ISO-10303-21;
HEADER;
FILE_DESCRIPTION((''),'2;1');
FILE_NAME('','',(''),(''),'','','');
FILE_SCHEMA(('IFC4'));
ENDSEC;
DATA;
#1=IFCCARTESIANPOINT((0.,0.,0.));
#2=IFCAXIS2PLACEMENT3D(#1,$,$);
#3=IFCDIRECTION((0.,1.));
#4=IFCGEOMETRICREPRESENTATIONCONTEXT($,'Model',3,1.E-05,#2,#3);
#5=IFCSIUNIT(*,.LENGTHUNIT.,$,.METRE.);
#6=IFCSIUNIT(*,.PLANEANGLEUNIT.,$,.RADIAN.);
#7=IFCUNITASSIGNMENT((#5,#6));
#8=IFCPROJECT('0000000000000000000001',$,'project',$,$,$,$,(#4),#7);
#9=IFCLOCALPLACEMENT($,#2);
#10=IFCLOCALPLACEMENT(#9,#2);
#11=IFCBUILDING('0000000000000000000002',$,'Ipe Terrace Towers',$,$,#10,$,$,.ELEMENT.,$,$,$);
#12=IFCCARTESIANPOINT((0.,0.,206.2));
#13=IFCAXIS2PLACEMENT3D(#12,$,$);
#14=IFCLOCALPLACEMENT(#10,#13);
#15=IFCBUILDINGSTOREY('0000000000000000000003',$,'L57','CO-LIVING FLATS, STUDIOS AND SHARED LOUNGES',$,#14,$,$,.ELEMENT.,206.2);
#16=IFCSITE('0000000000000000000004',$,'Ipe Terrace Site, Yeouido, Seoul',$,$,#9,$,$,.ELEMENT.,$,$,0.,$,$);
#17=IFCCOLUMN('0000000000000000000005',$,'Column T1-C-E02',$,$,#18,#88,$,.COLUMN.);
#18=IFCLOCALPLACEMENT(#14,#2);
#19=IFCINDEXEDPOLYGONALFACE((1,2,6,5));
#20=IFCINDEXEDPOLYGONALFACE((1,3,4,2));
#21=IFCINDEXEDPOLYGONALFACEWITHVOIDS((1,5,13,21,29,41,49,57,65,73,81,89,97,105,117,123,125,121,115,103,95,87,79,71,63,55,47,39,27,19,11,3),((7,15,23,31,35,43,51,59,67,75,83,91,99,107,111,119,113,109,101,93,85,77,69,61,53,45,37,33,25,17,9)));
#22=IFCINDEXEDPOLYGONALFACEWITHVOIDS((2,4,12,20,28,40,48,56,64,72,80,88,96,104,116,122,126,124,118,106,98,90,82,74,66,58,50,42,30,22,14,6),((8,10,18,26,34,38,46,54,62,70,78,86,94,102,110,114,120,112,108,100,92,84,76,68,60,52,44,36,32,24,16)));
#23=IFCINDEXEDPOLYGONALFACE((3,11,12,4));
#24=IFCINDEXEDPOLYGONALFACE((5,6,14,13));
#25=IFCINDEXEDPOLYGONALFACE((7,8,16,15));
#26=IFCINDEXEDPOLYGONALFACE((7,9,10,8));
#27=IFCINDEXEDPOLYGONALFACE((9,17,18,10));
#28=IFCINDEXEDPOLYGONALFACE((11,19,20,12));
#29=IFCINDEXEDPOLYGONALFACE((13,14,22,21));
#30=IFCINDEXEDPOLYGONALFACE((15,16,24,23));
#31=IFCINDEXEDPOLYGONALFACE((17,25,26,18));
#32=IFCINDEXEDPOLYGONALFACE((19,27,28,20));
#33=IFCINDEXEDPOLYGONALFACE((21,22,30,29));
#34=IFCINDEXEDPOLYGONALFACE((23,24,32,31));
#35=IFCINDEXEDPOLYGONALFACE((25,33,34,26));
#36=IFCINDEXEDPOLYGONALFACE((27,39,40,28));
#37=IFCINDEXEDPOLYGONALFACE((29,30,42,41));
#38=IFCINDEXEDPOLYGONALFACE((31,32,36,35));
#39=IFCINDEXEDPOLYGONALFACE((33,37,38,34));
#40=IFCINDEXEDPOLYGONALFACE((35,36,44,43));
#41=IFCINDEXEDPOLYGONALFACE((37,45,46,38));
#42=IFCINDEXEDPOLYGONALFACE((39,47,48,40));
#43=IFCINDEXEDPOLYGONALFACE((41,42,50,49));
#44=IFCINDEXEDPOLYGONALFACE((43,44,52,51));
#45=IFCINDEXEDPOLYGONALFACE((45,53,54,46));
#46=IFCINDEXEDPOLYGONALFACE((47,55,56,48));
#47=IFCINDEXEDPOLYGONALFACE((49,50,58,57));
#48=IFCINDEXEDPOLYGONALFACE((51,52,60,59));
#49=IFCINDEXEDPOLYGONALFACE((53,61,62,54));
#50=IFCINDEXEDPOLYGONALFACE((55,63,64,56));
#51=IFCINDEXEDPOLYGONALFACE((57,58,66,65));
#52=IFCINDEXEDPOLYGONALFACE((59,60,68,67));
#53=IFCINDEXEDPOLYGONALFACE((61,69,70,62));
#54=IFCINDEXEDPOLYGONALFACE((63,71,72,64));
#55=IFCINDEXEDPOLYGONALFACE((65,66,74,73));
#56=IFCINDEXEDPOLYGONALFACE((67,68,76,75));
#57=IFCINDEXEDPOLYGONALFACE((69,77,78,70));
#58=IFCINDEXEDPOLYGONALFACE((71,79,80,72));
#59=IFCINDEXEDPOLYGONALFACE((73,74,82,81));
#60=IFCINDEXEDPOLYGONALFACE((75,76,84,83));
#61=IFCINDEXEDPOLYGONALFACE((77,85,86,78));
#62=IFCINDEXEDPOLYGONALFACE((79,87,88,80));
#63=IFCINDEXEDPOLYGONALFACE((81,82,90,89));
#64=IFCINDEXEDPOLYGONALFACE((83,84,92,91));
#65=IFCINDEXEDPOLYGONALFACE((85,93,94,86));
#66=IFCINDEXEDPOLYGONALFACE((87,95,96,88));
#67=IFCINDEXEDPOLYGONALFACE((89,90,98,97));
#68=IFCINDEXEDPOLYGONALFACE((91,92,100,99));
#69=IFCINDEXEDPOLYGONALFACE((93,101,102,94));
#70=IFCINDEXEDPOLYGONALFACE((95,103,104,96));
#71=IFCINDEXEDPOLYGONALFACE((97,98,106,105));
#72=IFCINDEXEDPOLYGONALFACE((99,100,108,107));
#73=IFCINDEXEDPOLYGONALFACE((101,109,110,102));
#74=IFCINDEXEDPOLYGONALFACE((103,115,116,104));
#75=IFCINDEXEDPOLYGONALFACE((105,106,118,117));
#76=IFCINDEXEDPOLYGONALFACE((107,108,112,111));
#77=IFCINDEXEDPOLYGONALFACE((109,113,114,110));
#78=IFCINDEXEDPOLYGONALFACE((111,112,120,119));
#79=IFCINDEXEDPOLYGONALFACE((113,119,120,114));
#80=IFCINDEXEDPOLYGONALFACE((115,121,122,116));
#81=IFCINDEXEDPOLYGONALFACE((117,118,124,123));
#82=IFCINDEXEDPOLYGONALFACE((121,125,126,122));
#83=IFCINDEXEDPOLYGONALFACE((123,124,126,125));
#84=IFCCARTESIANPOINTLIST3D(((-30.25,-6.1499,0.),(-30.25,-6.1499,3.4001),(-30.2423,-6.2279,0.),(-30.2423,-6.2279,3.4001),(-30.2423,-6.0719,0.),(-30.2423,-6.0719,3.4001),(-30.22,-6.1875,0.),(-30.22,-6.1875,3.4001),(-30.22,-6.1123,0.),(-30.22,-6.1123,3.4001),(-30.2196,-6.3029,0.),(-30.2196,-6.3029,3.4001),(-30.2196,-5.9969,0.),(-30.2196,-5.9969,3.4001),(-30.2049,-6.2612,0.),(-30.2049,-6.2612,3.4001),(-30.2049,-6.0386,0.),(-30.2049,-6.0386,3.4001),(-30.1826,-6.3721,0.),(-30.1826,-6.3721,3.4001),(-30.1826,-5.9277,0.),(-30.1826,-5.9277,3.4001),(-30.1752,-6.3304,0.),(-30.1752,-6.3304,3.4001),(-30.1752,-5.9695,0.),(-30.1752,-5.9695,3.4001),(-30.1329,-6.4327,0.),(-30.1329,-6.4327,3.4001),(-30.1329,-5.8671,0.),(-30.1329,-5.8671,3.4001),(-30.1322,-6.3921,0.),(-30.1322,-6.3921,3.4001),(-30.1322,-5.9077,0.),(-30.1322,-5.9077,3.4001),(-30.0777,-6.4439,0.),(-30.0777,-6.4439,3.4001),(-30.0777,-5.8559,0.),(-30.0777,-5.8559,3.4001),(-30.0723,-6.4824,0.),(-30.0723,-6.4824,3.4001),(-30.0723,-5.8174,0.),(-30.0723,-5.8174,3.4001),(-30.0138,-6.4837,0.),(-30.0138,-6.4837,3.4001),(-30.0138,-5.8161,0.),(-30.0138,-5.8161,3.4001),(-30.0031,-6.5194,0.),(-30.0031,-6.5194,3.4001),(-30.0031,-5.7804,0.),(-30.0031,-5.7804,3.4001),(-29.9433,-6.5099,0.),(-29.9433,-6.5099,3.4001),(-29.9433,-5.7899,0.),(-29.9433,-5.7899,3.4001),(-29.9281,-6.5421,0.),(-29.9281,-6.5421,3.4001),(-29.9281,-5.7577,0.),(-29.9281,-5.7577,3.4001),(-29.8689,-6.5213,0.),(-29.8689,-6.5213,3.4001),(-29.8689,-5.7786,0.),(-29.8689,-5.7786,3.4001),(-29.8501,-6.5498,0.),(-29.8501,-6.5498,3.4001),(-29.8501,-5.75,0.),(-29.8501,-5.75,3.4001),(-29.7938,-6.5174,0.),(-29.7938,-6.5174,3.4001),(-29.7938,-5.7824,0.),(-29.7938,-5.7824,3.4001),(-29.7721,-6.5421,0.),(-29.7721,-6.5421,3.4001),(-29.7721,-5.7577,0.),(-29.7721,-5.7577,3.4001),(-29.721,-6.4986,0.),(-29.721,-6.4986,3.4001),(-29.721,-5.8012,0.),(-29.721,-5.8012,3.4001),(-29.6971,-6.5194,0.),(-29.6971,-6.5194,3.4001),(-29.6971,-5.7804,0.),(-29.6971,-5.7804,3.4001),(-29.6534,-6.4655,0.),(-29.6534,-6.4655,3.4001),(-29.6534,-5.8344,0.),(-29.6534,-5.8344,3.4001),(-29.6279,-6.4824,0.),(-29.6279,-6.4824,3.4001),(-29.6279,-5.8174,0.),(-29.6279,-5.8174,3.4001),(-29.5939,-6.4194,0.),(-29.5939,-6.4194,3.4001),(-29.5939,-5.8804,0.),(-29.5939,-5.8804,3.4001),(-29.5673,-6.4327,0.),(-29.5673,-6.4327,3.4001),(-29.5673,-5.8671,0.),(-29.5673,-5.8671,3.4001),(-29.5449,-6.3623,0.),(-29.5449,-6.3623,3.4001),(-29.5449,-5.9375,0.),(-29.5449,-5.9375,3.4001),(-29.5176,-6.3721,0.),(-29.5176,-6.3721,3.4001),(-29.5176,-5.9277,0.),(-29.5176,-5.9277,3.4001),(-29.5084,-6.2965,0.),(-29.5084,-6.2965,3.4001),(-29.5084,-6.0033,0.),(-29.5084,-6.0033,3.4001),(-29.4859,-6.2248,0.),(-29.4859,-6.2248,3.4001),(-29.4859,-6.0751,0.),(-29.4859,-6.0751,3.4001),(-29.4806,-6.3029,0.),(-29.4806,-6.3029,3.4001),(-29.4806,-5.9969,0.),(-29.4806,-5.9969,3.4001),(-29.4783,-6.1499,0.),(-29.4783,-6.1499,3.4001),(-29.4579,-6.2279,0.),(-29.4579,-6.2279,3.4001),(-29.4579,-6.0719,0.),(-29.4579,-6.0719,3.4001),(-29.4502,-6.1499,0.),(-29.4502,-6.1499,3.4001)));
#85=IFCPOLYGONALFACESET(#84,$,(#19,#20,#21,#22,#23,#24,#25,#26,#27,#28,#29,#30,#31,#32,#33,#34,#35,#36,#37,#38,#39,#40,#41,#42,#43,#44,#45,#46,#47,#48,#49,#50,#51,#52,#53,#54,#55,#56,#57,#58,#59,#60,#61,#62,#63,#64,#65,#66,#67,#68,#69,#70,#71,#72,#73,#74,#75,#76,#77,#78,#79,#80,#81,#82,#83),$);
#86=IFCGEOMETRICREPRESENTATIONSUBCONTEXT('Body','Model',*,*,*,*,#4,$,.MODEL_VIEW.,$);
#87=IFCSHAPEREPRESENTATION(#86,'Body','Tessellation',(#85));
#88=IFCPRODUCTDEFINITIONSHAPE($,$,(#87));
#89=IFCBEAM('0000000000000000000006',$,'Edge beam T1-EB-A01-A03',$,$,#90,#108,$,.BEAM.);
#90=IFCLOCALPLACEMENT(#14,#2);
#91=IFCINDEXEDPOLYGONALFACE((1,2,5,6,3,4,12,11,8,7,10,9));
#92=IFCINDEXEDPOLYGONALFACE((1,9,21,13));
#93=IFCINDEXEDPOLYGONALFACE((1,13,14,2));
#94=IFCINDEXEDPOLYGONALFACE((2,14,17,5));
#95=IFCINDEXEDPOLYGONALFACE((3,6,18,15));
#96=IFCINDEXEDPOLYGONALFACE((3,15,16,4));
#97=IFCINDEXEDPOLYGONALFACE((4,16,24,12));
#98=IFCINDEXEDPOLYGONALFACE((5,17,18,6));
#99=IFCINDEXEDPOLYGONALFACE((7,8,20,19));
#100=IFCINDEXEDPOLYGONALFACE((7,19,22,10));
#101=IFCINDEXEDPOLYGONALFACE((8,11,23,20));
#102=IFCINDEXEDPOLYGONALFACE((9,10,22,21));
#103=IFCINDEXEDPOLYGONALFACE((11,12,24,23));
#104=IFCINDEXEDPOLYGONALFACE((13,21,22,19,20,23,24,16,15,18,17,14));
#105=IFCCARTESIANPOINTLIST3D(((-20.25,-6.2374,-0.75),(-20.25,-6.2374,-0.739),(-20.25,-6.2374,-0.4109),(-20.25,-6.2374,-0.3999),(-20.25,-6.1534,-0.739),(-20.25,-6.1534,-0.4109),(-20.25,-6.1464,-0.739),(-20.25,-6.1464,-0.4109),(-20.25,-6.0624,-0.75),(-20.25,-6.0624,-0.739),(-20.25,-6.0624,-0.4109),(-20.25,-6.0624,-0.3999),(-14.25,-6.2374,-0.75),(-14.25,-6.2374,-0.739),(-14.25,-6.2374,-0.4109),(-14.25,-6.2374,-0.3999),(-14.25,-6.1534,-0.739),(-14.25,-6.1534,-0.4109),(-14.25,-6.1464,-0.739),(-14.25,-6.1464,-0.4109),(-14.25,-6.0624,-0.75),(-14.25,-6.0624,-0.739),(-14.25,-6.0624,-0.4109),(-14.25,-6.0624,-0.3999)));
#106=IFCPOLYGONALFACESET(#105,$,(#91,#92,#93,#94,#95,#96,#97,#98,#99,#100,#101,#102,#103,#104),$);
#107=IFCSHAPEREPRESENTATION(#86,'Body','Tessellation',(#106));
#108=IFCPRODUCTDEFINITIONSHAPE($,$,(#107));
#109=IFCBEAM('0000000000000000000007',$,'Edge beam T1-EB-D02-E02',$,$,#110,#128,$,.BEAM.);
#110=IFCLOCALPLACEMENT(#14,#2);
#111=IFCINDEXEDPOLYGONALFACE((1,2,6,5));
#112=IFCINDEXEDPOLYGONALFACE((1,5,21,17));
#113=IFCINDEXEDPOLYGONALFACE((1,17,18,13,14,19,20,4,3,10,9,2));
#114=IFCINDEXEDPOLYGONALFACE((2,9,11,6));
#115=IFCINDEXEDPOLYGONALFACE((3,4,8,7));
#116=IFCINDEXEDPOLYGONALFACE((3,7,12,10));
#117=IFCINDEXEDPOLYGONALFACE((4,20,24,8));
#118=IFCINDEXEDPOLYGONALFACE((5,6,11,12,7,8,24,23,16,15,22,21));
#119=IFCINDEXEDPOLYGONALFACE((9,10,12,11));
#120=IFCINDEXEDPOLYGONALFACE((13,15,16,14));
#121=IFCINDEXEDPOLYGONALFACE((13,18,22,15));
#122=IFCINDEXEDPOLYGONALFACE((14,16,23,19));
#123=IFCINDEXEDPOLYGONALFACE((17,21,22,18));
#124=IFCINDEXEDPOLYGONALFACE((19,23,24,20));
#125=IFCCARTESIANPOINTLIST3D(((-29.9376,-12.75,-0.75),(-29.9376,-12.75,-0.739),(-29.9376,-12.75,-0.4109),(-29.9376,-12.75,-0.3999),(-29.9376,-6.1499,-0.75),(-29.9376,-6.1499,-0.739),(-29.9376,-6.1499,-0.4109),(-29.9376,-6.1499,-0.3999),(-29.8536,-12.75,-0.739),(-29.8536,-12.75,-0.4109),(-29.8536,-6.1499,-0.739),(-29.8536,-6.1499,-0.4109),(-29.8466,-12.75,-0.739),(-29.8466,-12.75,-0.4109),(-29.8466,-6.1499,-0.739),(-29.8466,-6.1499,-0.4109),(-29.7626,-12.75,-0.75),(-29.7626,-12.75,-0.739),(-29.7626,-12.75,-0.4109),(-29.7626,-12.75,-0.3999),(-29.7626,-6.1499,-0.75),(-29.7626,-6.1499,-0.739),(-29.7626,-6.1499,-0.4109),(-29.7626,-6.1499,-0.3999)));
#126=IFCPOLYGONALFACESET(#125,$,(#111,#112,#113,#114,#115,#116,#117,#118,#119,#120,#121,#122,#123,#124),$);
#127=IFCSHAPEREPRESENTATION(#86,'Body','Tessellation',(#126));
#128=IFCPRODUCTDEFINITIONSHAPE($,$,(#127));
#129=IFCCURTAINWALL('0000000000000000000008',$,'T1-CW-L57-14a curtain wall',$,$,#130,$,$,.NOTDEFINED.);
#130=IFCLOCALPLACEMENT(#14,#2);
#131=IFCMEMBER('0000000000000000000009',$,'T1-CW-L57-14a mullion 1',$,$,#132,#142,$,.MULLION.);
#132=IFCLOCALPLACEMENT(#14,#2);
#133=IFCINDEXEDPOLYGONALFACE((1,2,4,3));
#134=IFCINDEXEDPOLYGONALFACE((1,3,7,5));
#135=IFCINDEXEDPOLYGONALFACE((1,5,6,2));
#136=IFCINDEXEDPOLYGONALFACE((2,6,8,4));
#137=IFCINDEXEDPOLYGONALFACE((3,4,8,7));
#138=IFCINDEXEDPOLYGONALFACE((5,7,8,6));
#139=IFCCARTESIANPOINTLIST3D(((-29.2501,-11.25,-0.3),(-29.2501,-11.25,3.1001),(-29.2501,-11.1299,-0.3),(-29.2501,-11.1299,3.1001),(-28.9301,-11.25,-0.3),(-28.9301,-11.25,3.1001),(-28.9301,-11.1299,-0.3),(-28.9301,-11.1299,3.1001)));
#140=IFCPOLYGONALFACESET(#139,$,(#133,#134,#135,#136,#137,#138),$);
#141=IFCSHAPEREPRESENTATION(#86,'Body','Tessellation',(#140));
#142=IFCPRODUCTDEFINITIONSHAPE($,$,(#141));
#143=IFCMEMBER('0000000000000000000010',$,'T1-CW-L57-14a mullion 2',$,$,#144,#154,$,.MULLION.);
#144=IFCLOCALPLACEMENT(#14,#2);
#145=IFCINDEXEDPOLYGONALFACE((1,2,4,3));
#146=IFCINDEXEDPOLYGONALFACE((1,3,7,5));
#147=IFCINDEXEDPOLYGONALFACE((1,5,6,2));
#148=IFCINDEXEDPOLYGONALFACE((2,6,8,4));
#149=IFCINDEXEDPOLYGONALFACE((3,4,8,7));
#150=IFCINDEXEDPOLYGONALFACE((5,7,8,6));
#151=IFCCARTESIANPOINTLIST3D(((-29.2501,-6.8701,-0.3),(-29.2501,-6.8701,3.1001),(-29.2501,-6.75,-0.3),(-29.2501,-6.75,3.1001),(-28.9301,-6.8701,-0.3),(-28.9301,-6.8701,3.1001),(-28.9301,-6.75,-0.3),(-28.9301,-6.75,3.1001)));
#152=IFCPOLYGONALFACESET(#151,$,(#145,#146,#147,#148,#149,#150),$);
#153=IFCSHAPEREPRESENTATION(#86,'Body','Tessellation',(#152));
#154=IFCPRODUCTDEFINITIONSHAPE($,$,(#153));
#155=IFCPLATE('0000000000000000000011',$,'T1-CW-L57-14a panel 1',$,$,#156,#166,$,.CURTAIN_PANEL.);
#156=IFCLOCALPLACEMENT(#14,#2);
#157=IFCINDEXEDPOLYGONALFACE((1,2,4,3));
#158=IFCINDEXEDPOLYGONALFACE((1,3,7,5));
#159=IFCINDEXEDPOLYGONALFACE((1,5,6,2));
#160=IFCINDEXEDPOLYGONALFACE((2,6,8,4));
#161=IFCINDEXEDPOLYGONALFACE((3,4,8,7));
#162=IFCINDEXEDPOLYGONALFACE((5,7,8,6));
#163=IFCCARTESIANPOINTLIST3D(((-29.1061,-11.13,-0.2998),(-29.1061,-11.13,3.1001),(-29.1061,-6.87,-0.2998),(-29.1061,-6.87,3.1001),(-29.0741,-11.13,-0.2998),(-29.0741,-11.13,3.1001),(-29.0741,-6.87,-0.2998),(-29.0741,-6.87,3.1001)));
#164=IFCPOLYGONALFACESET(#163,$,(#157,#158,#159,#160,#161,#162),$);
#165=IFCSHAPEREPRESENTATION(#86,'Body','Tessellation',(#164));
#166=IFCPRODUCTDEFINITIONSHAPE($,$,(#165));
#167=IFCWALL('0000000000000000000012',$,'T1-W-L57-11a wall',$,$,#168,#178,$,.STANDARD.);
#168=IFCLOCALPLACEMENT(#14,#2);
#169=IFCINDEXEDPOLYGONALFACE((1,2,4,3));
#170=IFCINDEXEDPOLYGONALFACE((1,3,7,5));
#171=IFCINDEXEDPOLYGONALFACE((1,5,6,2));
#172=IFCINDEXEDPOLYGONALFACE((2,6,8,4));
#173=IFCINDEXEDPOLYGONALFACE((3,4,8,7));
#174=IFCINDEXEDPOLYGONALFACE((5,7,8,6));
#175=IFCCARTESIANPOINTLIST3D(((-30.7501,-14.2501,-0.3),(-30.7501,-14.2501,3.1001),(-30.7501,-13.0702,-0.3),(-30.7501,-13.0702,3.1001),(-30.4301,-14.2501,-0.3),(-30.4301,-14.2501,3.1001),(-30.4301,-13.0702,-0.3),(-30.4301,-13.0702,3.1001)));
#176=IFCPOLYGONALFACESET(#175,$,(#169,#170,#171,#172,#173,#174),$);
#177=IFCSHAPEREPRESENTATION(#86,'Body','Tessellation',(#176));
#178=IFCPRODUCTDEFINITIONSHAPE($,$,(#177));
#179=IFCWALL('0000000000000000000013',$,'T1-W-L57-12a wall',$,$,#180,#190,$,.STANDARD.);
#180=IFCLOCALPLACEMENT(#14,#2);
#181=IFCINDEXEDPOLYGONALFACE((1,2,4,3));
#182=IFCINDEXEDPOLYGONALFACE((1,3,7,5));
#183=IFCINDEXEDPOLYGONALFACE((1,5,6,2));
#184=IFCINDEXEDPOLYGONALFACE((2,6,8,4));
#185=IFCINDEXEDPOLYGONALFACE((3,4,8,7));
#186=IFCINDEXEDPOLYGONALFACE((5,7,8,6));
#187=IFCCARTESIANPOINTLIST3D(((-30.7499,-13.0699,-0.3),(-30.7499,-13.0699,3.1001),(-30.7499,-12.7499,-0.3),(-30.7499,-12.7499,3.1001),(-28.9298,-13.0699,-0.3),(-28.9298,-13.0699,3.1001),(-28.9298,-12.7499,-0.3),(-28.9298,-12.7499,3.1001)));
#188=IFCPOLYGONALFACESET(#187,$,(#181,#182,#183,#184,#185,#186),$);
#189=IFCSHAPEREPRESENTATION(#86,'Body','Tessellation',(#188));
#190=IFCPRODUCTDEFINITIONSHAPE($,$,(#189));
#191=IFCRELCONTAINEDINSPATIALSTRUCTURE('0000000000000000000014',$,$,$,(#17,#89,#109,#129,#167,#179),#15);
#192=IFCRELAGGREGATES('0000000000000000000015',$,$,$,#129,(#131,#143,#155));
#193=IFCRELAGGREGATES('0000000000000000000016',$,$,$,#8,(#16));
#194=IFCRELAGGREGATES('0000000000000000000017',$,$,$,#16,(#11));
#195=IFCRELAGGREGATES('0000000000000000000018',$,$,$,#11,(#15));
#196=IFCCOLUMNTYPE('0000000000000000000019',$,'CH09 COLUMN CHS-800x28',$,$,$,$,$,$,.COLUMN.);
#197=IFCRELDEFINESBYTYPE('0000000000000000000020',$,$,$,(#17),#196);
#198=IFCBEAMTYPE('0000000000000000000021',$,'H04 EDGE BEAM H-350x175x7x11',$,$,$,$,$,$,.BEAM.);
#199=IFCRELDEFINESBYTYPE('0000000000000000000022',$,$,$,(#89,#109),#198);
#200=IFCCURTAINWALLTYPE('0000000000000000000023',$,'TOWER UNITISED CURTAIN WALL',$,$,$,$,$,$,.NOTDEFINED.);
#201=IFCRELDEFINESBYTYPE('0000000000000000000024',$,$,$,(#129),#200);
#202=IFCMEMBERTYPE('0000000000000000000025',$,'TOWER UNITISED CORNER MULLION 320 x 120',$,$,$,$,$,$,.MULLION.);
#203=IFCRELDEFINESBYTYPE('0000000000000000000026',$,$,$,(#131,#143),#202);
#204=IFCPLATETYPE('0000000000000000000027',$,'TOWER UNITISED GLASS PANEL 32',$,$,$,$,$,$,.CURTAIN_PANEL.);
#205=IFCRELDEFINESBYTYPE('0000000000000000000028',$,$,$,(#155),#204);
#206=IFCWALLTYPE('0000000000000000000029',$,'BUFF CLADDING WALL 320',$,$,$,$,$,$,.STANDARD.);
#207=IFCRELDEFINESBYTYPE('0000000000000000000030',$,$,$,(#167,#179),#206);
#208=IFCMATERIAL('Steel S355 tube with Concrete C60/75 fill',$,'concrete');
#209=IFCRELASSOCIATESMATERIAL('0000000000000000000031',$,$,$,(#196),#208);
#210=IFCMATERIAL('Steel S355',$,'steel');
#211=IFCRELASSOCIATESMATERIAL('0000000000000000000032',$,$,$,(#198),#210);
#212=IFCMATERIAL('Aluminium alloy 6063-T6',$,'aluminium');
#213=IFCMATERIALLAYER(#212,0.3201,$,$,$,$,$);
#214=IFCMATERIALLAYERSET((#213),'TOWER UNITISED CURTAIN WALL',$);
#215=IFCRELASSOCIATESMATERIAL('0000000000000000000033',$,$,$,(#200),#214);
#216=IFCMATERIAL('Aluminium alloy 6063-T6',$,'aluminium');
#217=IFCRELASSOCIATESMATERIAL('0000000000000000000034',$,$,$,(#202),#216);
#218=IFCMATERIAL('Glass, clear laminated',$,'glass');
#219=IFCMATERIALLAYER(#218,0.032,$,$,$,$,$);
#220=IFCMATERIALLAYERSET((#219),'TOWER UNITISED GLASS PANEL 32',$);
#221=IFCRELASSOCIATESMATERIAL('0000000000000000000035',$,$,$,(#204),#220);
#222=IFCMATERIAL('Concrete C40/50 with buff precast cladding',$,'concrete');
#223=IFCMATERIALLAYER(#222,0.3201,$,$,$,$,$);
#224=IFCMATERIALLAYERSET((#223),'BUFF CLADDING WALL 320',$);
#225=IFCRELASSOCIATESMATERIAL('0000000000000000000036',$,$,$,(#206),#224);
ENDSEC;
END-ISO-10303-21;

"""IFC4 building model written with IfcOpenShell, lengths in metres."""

from ifc_helpers import new_model, si_unit, direction, frame, frame_2d, origin, origin_2d, place, context, subcontext, project, spatial, rectangle, hollow_circle, i_section, extrude, material, layer, layer_set, material_profile, profile_set, type_object, element, aggregate, save


model = new_model("IFC4")

# Units and contexts
model_context = context("Model", 3, precision=1e-05, world=origin(), true_north=direction((0.0, 1.0)))
body_context = subcontext(model_context, "Body", "Model", "MODEL_VIEW")
ifc_project = project(units=[si_unit("LENGTHUNIT", "METRE"), si_unit("PLANEANGLEUNIT", "RADIAN")], contexts=[model_context])

# Site, building, storey
site_placement = place(None, origin())
site = spatial("IfcSite", under=ifc_project, at=site_placement, Name="Ipe Terrace Site, Yeouido, Seoul", CompositionType="ELEMENT", RefElevation=0.0)
building_placement = place(site_placement, origin())
building = spatial("IfcBuilding", under=site, at=building_placement, Name="Ipe Terrace Towers", CompositionType="ELEMENT")
storey_placement = place(building_placement, frame((0.0, 0.0, 206.2)))
storey = spatial("IfcBuildingStorey", under=building, at=storey_placement, Name="L57", Description="CO-LIVING FLATS, STUDIOS AND SHARED LOUNGES", CompositionType="ELEMENT", Elevation=206.2)

# Column
ifc_material_1 = material(Name="Steel S355 tube with Concrete C60/75 fill", Category="concrete")
ifc_material_profile_1 = material_profile(ifc_material_1, hollow_circle(Radius=0.3999, WallThickness=0.0281, at=origin_2d()), Name="CHS-800x28")
ifc_profile_set_1 = profile_set([ifc_material_profile_1], Name="Steel S355 tube with Concrete C60/75 fill")
column_type_1 = type_object("IfcColumnType", Name="CH09 COLUMN CHS-800x28", PredefinedType="COLUMN", material=ifc_profile_set_1)
column_placement = place(storey_placement, frame((-29.8501, -6.1499, 0.0), z_axis=(0.0, 0.0, 1.0), x_axis=(1.0, 0.0, 0.0)))
element("IfcColumn", 1, at=column_placement, inside=storey, type_object=column_type_1, Name="Column T1-C-E02", PredefinedType="COLUMN", context=body_context, shape_type="SweptSolid", body=[
    extrude(hollow_circle(Radius=0.3999, WallThickness=0.0281, at=origin_2d()), origin(), (0.0, 0.0, 1.0), 3.4001),
])

# Beams
ifc_material_2 = material(Name="Steel S355", Category="steel")
ifc_material_profile_2 = material_profile(ifc_material_2, i_section(OverallWidth=0.175, OverallDepth=0.3501, WebThickness=0.0071, FlangeThickness=0.011, at=origin_2d()), Name="H-350x175x7x11")
ifc_profile_set_2 = profile_set([ifc_material_profile_2], Name="Steel S355")
beam_type = type_object("IfcBeamType", Name="H04 EDGE BEAM H-350x175x7x11", PredefinedType="BEAM", material=ifc_profile_set_2)
beam_1_placement = place(storey_placement, frame((-20.25, -6.1499, -0.575), z_axis=(1.0, 0.0, 0.0), x_axis=(0.0, 1.0, 0.0)))
element("IfcBeam", 2, at=beam_1_placement, inside=storey, type_object=beam_type, Name="Edge beam T1-EB-A01-A03", PredefinedType="BEAM", context=body_context, shape_type="SweptSolid", body=[
    extrude(i_section(OverallWidth=0.175, OverallDepth=0.3501, WebThickness=0.0071, FlangeThickness=0.011, at=origin_2d()), origin(), (0.0, 0.0, 1.0), 6.0),
])
beam_2_placement = place(storey_placement, frame((-29.8501, -12.75, -0.575), z_axis=(0.0, 1.0, 0.0), x_axis=(-1.0, 0.0, 0.0)))
element("IfcBeam", 3, at=beam_2_placement, inside=storey, type_object=beam_type, Name="Edge beam T1-EB-D02-E02", PredefinedType="BEAM", context=body_context, shape_type="SweptSolid", body=[
    extrude(i_section(OverallWidth=0.175, OverallDepth=0.3501, WebThickness=0.0071, FlangeThickness=0.011, at=origin_2d()), origin(), (0.0, 0.0, 1.0), 6.6001),
])

# Curtain wall, members, plate
ifc_material_3 = material(Name="Aluminium alloy 6063-T6", Category="aluminium")
ifc_layer_1 = layer(ifc_material_3, 0.3201)
ifc_layer_set_1 = layer_set([ifc_layer_1], Name="TOWER UNITISED CURTAIN WALL")
curtain_wall_type = type_object("IfcCurtainWallType", Name="TOWER UNITISED CURTAIN WALL", PredefinedType="NOTDEFINED", material=ifc_layer_set_1)
curtain_wall_placement = place(storey_placement, origin())
curtain_wall = element("IfcCurtainWall", 4, at=curtain_wall_placement, inside=storey, type_object=curtain_wall_type, Name="T1-CW-L57-14a curtain wall", PredefinedType="NOTDEFINED")
ifc_material_4 = material(Name="Aluminium alloy 6063-T6", Category="aluminium")
ifc_material_profile_3 = material_profile(ifc_material_4, rectangle(XDim=0.3201, YDim=0.1201, at=origin_2d()), Name="TOWER UNITISED CORNER MULLION 320 x 120")
ifc_profile_set_3 = profile_set([ifc_material_profile_3], Name="Aluminium alloy 6063-T6")
member_type = type_object("IfcMemberType", Name="TOWER UNITISED CORNER MULLION 320 x 120", PredefinedType="MULLION", material=ifc_profile_set_3)
member_1_placement = place(storey_placement, frame((-29.0901, -11.1899, -0.3), z_axis=(0.0, 0.0, 1.0), x_axis=(1.0, 0.0, 0.0)))
member_1 = element("IfcMember", 5, at=member_1_placement, type_object=member_type, Name="T1-CW-L57-14a mullion 1", PredefinedType="MULLION", context=body_context, shape_type="SweptSolid", body=[
    extrude(rectangle(XDim=0.3201, YDim=0.1201, at=origin_2d()), origin(), (0.0, 0.0, 1.0), 3.4001),
])
member_2_placement = place(storey_placement, frame((-29.0901, -6.8101, -0.3), z_axis=(0.0, 0.0, 1.0), x_axis=(1.0, 0.0, 0.0)))
member_2 = element("IfcMember", 6, at=member_2_placement, type_object=member_type, Name="T1-CW-L57-14a mullion 2", PredefinedType="MULLION", context=body_context, shape_type="SweptSolid", body=[
    extrude(rectangle(XDim=0.3201, YDim=0.1201, at=origin_2d()), origin(), (0.0, 0.0, 1.0), 3.4001),
])
ifc_material_5 = material(Name="Glass, clear laminated", Category="glass")
ifc_layer_2 = layer(ifc_material_5, 0.032)
ifc_layer_set_2 = layer_set([ifc_layer_2], Name="TOWER UNITISED GLASS PANEL 32")
plate_type = type_object("IfcPlateType", Name="TOWER UNITISED GLASS PANEL 32", PredefinedType="CURTAIN_PANEL", material=ifc_layer_set_2)
plate_placement = place(storey_placement, frame((-29.0901, -9.0, -0.2998), z_axis=(0.0, 0.0, 1.0), x_axis=(0.0, 1.0, 0.0)))
plate = element("IfcPlate", 7, at=plate_placement, type_object=plate_type, Name="T1-CW-L57-14a panel 1", PredefinedType="CURTAIN_PANEL", context=body_context, shape_type="SweptSolid", body=[
    extrude(rectangle(XDim=4.26, YDim=0.032, at=origin_2d()), origin(), (0.0, 0.0, 1.0), 3.3999),
])
aggregate(curtain_wall, [member_1, member_2, plate])

# Walls
ifc_material_6 = material(Name="Concrete C40/50 with buff precast cladding", Category="concrete")
ifc_layer_3 = layer(ifc_material_6, 0.3201)
ifc_layer_set_3 = layer_set([ifc_layer_3], Name="BUFF CLADDING WALL 320")
wall_type_1 = type_object("IfcWallType", Name="BUFF CLADDING WALL 320", PredefinedType="STANDARD", material=ifc_layer_set_3)
wall_1_placement = place(storey_placement, frame((-30.5901, -14.25, -0.3), z_axis=(0.0, 0.0, 1.0), x_axis=(0.0, 1.0, 0.0)))
element("IfcWall", 8, at=wall_1_placement, inside=storey, type_object=wall_type_1, Name="T1-W-L57-11a wall", PredefinedType="STANDARD", context=body_context, shape_type="SweptSolid", body=[
    extrude(rectangle(XDim=1.1799, YDim=0.3201, at=frame_2d((0.5898, 0.0))), origin(), (0.0, 0.0, 1.0), 3.4001),
])
wall_2_placement = place(storey_placement, frame((-30.75, -12.9099, -0.3), z_axis=(0.0, 0.0, 1.0), x_axis=(1.0, 0.0, 0.0)))
element("IfcWall", 9, at=wall_2_placement, inside=storey, type_object=wall_type_1, Name="T1-W-L57-12a wall", PredefinedType="STANDARD", context=body_context, shape_type="SweptSolid", body=[
    extrude(rectangle(XDim=1.8201, YDim=0.3201, at=frame_2d((0.9102, 0.0))), origin(), (0.0, 0.0, 1.0), 3.4001),
])

save(model, "model.ifc")
